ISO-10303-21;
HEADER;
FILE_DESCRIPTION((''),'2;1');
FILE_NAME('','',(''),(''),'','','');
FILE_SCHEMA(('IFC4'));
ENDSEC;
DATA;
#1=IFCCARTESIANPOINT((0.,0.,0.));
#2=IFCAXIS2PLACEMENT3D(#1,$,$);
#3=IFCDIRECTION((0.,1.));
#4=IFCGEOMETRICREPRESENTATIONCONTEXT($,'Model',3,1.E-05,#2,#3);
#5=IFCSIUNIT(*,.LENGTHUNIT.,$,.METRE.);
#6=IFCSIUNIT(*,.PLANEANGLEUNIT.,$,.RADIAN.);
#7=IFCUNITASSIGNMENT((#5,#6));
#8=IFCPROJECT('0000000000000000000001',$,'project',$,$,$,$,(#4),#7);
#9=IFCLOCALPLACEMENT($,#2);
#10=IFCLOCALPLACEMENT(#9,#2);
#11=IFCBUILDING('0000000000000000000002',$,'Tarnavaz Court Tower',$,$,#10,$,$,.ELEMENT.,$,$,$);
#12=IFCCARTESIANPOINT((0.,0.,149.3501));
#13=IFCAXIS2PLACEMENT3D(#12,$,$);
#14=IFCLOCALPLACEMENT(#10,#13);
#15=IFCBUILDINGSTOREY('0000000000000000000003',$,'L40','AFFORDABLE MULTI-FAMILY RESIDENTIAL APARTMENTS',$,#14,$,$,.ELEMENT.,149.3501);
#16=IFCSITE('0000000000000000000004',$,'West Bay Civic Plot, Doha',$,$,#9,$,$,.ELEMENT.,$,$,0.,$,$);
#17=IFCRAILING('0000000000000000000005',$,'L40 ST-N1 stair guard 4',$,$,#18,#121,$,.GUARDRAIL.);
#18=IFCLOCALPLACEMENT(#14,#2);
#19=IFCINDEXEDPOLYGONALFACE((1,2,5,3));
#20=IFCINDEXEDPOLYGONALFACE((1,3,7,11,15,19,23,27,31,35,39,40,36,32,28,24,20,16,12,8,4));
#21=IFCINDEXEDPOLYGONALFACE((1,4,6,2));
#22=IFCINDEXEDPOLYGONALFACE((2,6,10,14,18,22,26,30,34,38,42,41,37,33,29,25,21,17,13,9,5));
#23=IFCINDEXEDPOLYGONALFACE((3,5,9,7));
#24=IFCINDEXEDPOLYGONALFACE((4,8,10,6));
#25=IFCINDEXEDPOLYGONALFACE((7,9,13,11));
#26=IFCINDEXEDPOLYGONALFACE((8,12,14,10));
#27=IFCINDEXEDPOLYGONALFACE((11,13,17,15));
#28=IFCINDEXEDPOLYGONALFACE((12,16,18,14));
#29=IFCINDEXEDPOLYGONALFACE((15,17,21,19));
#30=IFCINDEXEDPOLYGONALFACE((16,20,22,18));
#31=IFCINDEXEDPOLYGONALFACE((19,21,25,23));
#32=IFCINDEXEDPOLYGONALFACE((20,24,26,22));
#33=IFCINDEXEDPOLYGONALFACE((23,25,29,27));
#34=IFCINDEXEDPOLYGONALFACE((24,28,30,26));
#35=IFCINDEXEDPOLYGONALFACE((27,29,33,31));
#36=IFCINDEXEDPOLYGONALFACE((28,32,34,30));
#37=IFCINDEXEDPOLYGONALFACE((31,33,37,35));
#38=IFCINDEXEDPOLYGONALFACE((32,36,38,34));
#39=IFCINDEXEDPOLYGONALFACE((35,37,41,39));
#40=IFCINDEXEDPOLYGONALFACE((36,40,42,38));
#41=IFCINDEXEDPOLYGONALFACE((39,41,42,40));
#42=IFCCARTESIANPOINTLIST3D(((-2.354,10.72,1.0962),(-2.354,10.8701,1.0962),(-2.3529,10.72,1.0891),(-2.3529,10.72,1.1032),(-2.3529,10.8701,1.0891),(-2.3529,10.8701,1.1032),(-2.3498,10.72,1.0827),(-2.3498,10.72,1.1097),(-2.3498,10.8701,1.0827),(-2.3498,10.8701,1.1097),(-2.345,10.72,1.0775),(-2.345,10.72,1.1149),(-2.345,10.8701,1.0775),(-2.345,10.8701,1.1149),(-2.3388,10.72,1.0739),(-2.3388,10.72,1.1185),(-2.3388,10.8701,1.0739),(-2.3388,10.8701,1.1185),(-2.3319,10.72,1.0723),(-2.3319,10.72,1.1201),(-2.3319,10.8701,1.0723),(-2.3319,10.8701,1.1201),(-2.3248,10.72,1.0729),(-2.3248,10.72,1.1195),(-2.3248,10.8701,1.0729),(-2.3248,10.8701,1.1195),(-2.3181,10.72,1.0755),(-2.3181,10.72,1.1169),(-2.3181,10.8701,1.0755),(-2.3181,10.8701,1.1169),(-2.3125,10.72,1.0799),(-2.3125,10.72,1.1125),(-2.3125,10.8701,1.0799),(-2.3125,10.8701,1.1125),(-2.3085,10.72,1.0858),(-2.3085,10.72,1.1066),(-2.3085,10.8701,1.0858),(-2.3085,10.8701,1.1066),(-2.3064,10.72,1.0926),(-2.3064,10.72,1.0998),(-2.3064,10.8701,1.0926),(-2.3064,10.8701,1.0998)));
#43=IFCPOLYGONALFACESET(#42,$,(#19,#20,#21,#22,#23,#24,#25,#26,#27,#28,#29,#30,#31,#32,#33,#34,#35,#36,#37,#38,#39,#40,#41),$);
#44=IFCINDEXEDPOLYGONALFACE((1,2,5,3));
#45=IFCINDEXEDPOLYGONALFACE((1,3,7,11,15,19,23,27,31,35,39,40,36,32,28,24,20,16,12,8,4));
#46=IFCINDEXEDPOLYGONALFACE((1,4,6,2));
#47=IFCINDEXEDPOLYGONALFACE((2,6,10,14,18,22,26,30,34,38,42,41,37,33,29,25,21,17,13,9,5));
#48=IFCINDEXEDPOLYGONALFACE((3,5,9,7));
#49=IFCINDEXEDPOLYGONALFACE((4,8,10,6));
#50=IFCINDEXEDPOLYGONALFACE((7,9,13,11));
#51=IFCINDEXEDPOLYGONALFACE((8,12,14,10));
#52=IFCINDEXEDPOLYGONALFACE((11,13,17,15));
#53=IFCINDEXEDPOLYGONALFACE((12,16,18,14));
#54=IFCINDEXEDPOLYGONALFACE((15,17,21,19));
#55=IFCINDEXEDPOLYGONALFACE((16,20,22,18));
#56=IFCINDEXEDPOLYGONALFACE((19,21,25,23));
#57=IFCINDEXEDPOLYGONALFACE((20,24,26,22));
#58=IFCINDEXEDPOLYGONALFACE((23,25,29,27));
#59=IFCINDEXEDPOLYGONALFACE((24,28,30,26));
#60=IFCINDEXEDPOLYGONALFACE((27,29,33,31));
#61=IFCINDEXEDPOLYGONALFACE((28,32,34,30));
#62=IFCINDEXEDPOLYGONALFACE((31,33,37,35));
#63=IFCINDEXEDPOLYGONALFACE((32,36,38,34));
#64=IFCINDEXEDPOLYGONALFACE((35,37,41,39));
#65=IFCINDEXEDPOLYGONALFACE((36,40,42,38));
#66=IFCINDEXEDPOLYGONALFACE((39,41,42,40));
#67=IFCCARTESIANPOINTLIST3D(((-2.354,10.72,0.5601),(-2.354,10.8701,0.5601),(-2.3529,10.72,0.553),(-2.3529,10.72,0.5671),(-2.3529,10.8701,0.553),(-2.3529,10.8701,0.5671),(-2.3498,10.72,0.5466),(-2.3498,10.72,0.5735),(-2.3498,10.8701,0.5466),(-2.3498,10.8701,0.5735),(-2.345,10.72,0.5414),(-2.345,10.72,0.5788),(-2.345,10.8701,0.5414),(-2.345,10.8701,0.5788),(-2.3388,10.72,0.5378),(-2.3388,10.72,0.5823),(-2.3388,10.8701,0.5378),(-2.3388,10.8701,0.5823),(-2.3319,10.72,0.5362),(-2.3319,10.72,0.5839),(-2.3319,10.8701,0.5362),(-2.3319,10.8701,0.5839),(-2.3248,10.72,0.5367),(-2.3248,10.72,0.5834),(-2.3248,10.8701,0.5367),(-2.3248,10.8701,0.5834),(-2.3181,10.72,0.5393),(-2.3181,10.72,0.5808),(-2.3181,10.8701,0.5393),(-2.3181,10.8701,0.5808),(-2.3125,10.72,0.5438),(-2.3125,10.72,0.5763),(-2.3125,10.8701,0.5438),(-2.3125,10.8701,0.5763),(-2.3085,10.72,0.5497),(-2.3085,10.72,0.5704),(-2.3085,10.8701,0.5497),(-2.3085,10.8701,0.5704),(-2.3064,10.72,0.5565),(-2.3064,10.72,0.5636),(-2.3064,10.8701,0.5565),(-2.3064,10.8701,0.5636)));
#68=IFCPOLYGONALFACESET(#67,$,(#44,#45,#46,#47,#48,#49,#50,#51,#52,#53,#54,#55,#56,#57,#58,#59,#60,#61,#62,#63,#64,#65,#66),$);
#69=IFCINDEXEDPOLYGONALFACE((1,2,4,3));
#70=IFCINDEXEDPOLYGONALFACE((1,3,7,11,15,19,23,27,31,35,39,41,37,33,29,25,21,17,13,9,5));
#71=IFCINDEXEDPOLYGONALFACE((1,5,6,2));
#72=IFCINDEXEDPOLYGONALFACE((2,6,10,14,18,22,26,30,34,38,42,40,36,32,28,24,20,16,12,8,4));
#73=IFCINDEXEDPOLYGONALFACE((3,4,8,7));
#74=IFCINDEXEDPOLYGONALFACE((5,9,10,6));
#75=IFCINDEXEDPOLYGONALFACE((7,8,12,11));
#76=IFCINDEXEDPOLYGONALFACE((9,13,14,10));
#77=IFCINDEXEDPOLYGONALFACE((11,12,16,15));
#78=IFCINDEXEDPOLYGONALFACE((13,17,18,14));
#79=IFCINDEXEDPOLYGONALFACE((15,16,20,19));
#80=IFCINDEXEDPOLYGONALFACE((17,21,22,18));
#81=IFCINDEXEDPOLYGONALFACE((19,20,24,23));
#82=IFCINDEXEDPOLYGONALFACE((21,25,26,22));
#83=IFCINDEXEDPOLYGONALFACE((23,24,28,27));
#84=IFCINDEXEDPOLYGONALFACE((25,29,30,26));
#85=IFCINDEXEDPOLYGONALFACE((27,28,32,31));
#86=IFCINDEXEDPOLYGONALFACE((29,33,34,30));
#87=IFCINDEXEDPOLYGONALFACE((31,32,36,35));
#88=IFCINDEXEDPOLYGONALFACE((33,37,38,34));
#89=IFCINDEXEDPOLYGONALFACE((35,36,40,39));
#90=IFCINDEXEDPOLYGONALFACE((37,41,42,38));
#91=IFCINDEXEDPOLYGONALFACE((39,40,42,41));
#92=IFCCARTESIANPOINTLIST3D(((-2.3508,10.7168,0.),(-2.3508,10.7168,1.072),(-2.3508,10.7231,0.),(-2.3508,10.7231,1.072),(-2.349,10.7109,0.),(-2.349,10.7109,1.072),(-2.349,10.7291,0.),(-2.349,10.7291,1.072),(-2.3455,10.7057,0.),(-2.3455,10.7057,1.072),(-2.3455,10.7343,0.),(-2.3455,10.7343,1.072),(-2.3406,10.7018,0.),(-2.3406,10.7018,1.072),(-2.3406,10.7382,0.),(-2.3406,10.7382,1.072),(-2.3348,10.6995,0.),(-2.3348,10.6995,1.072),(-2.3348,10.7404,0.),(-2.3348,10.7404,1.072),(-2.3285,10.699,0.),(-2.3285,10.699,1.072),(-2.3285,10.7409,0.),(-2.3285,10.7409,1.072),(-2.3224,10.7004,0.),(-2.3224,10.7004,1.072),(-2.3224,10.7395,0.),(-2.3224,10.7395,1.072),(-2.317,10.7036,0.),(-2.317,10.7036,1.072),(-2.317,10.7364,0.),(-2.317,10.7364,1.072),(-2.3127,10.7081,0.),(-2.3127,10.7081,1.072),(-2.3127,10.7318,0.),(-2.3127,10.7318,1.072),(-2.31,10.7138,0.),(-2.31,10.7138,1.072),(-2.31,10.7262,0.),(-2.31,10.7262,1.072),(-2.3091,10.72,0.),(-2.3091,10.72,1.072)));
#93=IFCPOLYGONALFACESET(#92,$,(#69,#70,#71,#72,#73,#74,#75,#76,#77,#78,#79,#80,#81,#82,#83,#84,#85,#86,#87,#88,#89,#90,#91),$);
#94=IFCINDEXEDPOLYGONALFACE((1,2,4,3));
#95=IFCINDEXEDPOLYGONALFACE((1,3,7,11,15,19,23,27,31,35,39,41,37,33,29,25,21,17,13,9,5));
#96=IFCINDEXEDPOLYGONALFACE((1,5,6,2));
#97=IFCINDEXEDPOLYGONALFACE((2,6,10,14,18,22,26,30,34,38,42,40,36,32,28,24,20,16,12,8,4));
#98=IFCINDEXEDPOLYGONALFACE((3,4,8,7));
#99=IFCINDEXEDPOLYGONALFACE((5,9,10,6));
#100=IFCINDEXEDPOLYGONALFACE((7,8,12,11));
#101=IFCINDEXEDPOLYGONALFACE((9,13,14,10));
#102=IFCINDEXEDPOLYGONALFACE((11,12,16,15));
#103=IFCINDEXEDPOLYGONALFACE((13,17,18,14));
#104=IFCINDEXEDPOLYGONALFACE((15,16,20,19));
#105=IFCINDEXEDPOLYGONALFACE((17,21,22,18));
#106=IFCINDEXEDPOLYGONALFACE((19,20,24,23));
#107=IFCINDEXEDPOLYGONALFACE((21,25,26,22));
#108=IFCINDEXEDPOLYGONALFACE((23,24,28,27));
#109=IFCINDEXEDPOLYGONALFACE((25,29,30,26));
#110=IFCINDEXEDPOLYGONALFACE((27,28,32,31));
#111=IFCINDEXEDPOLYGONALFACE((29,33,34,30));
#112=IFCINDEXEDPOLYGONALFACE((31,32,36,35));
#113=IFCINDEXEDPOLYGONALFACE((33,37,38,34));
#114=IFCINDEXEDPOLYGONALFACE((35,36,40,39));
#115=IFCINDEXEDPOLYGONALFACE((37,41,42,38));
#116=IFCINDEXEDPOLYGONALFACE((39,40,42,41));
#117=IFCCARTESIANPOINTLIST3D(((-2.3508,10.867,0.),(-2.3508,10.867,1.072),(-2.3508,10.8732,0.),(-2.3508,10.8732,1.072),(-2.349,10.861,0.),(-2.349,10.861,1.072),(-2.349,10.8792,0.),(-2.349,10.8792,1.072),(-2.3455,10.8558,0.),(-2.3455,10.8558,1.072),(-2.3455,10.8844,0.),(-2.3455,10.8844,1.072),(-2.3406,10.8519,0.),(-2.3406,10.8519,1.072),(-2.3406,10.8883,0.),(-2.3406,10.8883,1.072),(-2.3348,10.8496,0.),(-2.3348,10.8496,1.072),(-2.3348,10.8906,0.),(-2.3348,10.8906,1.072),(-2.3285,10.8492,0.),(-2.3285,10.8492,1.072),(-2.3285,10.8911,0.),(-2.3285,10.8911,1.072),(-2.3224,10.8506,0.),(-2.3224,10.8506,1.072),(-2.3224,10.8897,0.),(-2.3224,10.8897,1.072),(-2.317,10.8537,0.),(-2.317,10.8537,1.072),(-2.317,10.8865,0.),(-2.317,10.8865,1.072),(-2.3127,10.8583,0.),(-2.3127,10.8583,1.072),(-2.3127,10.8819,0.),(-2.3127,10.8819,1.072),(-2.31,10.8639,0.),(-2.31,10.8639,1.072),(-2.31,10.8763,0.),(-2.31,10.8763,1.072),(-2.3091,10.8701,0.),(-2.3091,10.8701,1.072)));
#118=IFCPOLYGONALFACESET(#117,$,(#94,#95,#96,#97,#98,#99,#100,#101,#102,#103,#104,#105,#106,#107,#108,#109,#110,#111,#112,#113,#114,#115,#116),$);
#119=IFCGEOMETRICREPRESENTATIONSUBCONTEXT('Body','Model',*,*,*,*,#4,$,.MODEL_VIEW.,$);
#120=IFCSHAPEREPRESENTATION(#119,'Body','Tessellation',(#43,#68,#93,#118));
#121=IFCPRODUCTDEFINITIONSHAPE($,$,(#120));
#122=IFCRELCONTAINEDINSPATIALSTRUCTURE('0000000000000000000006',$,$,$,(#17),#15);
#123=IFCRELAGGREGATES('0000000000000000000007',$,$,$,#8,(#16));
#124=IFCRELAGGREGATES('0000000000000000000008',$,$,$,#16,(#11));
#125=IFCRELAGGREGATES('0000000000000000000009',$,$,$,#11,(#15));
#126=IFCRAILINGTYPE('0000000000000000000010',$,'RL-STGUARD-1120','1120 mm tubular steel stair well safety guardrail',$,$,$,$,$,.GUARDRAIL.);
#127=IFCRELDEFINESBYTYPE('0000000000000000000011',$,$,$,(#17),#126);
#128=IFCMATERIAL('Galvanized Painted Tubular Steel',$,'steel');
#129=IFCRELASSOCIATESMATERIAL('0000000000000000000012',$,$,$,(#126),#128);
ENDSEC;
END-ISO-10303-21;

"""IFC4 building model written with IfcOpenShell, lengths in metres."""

from ifc_helpers import new_model, si_unit, direction, frame, origin, origin_2d, place, context, subcontext, project, spatial, circle, extrude, material, type_object, element, save


model = new_model("IFC4")

# Units and contexts
model_context = context("Model", 3, precision=1e-05, world=origin(), true_north=direction((0.0, 1.0)))
body_context = subcontext(model_context, "Body", "Model", "MODEL_VIEW")
ifc_project = project(units=[si_unit("LENGTHUNIT", "METRE"), si_unit("PLANEANGLEUNIT", "RADIAN")], contexts=[model_context])

# Site, building, storey
site_placement = place(None, origin())
site = spatial("IfcSite", under=ifc_project, at=site_placement, Name="West Bay Civic Plot, Doha", CompositionType="ELEMENT", RefElevation=0.0)
building_placement = place(site_placement, origin())
building = spatial("IfcBuilding", under=site, at=building_placement, Name="Tarnavaz Court Tower", CompositionType="ELEMENT")
storey_placement = place(building_placement, frame((0.0, 0.0, 149.3501)))
storey = spatial("IfcBuildingStorey", under=building, at=storey_placement, Name="L40", Description="AFFORDABLE MULTI-FAMILY RESIDENTIAL APARTMENTS", CompositionType="ELEMENT", Elevation=149.3501)

# Railing
ifc_material_1 = material(Name="Galvanized Painted Tubular Steel", Category="steel")
railing_type_1 = type_object("IfcRailingType", Name="RL-STGUARD-1120", Description="1120 mm tubular steel stair well safety guardrail", PredefinedType="GUARDRAIL", material=ifc_material_1)
railing_1_placement = place(storey_placement, frame((-2.3301, 10.72, 0.0)))
element("IfcRailing", 1, at=railing_1_placement, inside=storey, type_object=railing_type_1, Name="L40 ST-N1 stair guard 4", PredefinedType="GUARDRAIL", context=body_context, shape_type="SweptSolid", body=[
    extrude(circle(Radius=0.0239, at=origin_2d()), frame((0.0, 0.0, 1.0962), z_axis=(0.0, 1.0, 0.0), x_axis=(-1.0, 0.0, 0.0)), (0.0, 0.0, 1.0), 0.1501),
    extrude(circle(Radius=0.0239, at=origin_2d()), frame((0.0, 0.0, 0.5601), z_axis=(0.0, 1.0, 0.0), x_axis=(-1.0, 0.0, 0.0)), (0.0, 0.0, 1.0), 0.1501),
    extrude(circle(Radius=0.021, at=origin_2d()), origin(), (0.0, 0.0, 1.0), 1.072),
    extrude(circle(Radius=0.021, at=origin_2d()), frame((0.0, 0.1501, 0.0)), (0.0, 0.0, 1.0), 1.072),
])

save(model, "model.ifc")
